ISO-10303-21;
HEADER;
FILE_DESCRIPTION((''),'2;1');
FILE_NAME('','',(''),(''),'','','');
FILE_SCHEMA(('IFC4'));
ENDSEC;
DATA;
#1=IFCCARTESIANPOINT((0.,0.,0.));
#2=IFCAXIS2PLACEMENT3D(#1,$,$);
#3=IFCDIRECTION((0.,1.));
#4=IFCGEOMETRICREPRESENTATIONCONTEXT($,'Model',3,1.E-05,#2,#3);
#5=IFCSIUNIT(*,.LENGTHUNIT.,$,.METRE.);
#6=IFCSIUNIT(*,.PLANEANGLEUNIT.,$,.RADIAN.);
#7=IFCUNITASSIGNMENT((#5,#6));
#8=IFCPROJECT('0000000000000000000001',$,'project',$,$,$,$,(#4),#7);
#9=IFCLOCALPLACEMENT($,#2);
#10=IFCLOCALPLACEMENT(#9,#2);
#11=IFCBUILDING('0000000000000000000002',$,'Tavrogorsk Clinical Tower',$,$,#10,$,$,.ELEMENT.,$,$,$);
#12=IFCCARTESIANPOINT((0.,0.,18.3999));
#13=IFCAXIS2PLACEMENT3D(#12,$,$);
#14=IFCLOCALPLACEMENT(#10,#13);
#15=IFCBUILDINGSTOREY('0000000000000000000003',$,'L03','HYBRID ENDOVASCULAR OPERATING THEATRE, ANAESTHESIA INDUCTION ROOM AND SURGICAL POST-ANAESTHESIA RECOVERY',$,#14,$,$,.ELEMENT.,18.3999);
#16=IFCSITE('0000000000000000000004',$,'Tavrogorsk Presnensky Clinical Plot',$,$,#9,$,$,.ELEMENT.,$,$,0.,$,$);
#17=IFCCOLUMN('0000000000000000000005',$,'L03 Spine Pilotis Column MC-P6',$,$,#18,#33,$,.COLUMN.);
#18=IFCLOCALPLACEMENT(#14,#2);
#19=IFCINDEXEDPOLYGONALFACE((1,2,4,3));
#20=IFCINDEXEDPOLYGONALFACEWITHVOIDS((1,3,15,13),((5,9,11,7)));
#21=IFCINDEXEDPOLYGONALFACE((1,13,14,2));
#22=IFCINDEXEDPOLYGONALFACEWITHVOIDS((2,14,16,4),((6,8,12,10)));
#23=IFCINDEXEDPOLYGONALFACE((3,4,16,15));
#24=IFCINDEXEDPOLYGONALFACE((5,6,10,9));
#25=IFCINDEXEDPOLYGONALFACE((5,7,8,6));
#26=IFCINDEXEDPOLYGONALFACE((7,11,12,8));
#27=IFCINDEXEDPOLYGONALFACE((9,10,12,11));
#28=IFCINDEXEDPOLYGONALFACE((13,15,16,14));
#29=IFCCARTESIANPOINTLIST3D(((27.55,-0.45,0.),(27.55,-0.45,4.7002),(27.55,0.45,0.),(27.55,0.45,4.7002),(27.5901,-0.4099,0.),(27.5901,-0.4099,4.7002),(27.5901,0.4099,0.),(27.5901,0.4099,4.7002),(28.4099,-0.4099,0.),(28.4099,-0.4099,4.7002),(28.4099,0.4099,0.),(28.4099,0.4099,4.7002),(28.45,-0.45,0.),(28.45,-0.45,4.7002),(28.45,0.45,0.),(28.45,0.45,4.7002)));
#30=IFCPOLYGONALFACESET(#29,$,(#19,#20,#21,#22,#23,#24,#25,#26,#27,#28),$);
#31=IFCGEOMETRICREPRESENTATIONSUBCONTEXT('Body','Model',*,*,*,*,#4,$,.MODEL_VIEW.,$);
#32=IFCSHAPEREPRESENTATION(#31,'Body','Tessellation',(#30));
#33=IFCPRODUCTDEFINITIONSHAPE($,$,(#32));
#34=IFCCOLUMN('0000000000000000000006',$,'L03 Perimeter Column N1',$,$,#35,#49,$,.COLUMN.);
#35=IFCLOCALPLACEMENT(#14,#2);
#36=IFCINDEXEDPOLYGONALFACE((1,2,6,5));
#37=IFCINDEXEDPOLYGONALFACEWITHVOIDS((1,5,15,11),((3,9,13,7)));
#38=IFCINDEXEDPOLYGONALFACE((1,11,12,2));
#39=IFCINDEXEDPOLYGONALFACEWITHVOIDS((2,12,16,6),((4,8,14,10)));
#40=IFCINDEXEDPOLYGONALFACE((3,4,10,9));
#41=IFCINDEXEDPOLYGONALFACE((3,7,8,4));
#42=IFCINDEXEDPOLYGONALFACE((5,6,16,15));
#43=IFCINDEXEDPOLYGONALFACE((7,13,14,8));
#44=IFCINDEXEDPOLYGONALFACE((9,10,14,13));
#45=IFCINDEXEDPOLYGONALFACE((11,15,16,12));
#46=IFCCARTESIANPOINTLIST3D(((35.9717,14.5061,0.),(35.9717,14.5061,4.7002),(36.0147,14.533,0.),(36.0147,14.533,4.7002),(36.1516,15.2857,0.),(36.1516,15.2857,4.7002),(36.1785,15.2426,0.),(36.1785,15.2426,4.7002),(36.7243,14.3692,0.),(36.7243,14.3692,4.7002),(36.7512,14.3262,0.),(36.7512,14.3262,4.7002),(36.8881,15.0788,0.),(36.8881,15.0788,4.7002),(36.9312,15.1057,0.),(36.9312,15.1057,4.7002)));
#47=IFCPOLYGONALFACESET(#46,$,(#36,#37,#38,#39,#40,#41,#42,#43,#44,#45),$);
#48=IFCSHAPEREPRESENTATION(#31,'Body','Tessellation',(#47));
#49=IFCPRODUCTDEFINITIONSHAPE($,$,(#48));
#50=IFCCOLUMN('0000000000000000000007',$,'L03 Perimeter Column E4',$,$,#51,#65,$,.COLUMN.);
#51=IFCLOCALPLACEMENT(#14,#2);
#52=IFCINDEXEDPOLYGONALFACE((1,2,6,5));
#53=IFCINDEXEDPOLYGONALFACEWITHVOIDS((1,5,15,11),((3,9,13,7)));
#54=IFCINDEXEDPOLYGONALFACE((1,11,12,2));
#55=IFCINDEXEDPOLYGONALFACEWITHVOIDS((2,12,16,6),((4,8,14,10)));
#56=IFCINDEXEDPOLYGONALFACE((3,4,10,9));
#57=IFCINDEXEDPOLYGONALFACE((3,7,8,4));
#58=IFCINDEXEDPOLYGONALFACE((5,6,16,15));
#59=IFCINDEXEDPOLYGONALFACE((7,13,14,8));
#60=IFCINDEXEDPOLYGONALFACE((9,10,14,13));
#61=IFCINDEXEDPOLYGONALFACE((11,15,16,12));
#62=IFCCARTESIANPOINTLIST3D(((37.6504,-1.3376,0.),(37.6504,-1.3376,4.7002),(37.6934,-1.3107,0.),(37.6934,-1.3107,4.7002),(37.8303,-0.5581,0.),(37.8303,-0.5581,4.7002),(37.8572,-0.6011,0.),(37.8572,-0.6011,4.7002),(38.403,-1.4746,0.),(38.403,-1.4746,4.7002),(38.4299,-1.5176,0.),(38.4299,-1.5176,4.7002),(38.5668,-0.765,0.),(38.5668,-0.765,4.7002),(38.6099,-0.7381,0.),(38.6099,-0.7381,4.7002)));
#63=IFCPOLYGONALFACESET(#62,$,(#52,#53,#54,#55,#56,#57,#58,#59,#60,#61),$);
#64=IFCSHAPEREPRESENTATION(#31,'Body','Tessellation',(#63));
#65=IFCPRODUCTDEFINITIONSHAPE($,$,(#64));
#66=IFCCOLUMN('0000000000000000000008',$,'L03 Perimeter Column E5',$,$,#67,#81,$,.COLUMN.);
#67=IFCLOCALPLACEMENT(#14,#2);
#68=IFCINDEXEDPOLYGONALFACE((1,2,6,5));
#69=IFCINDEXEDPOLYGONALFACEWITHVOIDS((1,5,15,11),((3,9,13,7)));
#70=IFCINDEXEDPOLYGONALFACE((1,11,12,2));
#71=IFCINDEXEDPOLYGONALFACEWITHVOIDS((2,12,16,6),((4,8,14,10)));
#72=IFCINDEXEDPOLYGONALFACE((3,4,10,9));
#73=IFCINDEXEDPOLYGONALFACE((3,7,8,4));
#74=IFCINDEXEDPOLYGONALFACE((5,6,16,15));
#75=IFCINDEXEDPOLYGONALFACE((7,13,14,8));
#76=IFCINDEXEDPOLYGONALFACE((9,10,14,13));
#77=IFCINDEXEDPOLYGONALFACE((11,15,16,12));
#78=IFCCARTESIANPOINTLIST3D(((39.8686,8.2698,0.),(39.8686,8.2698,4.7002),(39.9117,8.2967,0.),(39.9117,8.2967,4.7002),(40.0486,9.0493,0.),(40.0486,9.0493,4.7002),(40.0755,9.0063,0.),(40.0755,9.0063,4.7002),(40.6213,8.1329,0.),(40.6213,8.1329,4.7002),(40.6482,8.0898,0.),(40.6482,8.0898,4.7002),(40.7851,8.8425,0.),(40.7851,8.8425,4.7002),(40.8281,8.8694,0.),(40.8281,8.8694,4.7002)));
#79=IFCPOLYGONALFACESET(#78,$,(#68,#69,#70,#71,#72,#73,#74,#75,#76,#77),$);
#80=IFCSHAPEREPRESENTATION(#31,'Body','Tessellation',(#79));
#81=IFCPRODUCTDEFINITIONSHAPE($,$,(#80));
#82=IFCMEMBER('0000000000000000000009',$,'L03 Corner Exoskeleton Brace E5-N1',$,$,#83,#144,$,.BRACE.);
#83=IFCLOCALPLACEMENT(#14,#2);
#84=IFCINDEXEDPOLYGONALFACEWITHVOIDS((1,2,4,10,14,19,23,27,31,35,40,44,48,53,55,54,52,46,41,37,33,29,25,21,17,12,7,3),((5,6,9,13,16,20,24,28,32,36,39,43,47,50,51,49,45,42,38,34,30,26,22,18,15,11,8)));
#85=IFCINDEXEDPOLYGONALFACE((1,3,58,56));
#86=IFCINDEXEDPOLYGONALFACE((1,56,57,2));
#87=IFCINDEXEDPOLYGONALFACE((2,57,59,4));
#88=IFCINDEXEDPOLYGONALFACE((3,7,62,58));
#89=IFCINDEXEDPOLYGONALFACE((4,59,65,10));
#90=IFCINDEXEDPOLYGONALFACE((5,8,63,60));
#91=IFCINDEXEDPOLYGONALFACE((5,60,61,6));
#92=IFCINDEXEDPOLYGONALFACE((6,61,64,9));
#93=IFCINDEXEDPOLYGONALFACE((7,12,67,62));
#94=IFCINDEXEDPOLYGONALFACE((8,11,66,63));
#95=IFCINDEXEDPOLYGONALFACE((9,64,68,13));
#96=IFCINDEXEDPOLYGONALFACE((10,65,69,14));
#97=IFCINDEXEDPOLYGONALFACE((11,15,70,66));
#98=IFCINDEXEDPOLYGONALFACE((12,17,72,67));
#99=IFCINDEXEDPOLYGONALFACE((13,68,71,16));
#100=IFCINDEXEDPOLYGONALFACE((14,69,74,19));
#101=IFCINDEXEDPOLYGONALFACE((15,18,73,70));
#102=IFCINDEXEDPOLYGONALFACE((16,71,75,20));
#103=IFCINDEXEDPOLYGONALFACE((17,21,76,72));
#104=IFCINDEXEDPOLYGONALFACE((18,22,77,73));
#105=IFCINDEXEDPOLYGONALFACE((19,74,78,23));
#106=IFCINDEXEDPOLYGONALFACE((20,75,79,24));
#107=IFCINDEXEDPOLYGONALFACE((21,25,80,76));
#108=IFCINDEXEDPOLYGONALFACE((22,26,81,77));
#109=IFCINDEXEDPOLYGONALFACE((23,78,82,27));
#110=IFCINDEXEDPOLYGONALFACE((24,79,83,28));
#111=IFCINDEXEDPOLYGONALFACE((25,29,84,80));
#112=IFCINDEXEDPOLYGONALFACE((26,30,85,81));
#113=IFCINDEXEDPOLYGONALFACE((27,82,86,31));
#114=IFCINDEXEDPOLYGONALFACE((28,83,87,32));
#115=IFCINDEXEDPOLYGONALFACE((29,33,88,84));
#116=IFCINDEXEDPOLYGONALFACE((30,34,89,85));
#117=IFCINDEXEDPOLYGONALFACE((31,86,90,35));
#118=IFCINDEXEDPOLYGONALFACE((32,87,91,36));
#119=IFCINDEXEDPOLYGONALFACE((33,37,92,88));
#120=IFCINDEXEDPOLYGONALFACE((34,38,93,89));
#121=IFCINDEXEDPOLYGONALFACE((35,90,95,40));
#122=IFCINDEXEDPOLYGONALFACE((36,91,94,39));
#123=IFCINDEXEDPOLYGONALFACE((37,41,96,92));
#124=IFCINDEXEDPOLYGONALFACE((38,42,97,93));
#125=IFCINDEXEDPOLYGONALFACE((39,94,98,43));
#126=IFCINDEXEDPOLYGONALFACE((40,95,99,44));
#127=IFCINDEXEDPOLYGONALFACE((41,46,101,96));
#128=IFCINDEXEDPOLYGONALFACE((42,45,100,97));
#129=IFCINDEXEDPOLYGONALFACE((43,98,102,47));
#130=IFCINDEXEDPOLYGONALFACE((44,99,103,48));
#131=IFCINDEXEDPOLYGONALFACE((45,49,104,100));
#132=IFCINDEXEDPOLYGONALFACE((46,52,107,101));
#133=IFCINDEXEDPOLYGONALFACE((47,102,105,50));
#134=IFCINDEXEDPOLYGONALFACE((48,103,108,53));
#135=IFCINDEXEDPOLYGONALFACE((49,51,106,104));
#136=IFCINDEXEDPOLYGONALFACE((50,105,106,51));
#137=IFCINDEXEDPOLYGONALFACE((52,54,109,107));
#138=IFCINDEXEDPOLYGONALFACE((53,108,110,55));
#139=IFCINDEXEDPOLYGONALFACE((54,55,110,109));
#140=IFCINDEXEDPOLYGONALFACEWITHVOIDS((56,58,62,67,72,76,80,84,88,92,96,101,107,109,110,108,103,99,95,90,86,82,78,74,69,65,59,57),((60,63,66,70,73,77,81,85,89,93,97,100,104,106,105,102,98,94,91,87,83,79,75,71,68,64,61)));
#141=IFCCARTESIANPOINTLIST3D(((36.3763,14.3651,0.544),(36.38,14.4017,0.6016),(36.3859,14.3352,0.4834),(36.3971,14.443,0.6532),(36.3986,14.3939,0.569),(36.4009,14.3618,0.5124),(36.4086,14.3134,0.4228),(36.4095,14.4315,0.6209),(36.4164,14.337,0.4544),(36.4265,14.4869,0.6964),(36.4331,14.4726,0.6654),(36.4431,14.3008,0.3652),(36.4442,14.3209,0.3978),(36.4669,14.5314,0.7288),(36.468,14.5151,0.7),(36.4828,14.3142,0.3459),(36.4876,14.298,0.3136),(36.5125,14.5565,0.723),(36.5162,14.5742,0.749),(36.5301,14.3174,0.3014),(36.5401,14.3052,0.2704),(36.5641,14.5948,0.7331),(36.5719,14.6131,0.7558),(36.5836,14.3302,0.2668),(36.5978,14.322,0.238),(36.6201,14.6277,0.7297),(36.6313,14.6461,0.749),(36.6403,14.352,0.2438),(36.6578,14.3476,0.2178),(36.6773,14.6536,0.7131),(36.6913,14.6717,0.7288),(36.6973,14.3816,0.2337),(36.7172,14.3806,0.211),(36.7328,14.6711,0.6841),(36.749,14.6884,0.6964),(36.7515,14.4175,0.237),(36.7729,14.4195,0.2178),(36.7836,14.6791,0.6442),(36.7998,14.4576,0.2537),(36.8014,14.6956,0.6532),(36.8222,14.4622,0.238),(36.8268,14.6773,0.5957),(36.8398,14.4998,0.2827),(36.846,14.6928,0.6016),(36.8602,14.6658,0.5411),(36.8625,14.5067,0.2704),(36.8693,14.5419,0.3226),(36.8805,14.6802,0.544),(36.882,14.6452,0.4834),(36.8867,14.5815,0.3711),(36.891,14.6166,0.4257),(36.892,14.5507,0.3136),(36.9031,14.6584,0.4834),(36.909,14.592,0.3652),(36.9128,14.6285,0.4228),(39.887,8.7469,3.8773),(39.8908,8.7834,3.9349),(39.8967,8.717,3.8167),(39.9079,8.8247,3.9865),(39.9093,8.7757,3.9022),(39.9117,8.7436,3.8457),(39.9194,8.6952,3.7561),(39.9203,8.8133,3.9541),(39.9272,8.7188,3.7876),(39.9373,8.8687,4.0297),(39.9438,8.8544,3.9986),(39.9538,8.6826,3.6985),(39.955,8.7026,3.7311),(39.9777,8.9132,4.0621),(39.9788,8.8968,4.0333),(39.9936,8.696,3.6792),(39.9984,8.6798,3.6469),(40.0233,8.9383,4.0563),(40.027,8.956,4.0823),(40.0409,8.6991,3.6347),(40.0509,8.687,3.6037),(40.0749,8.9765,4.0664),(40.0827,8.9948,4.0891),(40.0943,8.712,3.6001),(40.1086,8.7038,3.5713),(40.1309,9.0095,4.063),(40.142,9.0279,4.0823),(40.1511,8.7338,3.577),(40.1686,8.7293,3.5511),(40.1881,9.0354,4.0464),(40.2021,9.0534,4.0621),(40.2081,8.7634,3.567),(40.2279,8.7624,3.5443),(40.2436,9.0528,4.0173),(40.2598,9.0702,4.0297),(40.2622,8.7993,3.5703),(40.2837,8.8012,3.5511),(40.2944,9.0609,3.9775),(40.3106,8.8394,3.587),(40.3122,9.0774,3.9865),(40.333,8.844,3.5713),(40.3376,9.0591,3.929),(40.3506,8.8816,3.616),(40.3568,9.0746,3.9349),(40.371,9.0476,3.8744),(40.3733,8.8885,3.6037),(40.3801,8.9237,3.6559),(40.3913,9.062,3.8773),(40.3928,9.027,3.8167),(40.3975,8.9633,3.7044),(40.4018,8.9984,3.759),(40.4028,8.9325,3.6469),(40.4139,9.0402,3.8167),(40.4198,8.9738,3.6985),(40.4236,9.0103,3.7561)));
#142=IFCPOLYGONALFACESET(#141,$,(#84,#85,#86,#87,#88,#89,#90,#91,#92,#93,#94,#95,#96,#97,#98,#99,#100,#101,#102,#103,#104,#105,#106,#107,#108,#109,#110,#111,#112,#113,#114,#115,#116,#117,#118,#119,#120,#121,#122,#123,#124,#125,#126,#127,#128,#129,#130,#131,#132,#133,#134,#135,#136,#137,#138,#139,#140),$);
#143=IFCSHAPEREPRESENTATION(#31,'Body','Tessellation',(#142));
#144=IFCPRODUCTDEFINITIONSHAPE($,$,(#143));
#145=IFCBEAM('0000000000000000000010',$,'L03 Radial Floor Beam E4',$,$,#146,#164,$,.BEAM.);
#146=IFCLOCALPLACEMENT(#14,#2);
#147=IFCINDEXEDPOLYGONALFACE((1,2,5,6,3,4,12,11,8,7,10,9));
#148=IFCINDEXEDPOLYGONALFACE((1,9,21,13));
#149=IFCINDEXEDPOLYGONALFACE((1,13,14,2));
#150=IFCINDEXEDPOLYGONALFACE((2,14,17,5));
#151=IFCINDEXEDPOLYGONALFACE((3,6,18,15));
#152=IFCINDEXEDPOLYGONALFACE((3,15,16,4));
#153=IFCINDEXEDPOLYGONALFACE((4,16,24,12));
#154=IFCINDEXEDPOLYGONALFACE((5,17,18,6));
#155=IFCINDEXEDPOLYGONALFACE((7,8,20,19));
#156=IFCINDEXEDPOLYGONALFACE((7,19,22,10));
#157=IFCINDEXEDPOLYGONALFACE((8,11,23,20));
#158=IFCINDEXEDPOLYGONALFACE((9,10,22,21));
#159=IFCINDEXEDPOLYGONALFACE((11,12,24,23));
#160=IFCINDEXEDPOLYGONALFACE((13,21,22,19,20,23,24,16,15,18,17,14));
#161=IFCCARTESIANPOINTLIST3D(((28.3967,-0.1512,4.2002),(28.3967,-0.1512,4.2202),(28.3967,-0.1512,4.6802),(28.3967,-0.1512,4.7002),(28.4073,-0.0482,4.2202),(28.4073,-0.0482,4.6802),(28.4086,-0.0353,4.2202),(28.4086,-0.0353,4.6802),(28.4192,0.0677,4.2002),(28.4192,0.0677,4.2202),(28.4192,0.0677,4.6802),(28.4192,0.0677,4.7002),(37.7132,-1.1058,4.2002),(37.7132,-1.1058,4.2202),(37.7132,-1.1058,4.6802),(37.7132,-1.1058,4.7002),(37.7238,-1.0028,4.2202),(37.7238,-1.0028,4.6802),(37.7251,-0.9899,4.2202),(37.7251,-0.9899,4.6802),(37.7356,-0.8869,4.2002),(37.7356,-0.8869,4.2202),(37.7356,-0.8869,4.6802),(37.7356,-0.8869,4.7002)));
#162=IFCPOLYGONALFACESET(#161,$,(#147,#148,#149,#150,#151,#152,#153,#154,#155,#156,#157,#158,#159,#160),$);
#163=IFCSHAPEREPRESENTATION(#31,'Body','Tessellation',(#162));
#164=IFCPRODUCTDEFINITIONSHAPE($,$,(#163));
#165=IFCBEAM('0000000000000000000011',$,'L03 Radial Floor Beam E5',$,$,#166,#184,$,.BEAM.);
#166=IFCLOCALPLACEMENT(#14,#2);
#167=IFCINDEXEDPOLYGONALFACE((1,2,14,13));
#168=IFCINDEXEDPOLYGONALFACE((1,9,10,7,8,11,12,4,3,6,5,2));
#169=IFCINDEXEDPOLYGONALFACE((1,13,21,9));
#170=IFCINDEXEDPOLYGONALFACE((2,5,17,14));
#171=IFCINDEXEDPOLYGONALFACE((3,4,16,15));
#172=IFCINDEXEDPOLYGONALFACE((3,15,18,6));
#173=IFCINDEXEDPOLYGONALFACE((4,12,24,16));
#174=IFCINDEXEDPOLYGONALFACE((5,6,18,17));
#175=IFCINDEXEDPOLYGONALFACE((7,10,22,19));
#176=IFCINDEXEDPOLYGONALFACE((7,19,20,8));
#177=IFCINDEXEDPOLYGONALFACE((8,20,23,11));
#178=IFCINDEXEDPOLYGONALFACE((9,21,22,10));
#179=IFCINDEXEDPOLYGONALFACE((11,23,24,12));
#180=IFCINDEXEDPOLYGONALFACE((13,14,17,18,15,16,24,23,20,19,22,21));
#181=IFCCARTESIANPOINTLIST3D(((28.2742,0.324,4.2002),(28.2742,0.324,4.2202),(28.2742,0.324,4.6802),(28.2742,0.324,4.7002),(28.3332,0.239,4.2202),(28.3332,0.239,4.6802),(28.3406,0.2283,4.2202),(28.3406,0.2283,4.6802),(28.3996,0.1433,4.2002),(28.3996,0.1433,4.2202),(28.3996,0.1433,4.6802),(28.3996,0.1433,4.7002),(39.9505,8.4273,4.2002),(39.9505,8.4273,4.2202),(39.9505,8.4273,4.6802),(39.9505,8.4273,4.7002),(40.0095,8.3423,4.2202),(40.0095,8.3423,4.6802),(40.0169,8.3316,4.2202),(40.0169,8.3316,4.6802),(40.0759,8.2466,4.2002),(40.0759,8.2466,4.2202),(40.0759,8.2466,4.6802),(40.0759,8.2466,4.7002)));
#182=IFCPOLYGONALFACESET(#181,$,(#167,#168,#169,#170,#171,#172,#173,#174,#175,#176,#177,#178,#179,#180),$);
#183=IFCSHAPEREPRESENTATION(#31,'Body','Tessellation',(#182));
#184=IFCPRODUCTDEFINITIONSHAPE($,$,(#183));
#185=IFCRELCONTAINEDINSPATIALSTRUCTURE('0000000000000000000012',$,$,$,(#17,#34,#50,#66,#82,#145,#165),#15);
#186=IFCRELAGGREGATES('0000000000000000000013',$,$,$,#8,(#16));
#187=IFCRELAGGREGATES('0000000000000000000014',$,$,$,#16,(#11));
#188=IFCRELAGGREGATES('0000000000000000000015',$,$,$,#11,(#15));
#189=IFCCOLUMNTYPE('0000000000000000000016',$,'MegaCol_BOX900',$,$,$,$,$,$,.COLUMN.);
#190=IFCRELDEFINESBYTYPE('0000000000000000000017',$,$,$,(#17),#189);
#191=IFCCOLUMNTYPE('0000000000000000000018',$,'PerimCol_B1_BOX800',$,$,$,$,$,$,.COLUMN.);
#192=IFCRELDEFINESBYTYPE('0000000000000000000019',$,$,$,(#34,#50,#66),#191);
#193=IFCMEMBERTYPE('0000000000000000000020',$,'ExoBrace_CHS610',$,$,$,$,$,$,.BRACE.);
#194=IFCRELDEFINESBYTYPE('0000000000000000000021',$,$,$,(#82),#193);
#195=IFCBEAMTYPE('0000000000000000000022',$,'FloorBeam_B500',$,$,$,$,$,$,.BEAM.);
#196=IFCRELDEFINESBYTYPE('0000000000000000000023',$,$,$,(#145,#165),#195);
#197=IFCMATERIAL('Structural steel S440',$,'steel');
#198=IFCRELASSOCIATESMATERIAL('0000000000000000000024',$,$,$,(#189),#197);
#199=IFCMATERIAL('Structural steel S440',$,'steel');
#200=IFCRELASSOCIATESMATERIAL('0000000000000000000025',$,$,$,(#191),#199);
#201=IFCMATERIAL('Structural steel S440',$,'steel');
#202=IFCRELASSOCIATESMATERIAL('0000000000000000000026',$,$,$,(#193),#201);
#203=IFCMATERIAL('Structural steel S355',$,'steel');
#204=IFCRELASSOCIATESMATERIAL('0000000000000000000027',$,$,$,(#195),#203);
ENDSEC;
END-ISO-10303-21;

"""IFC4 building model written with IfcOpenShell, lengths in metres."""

from ifc_helpers import new_model, si_unit, direction, frame, origin, origin_2d, place, context, subcontext, project, spatial, hollow_rectangle, hollow_circle, i_section, extrude, material, material_profile, profile_set, type_object, element, save


model = new_model("IFC4")

# Units and contexts
model_context = context("Model", 3, precision=1e-05, world=origin(), true_north=direction((0.0, 1.0)))
body_context = subcontext(model_context, "Body", "Model", "MODEL_VIEW")
ifc_project = project(units=[si_unit("LENGTHUNIT", "METRE"), si_unit("PLANEANGLEUNIT", "RADIAN")], contexts=[model_context])

# Site, building, storey
site_placement = place(None, origin())
site = spatial("IfcSite", under=ifc_project, at=site_placement, Name="Tavrogorsk Presnensky Clinical Plot", CompositionType="ELEMENT", RefElevation=0.0)
building_placement = place(site_placement, origin())
building = spatial("IfcBuilding", under=site, at=building_placement, Name="Tavrogorsk Clinical Tower", CompositionType="ELEMENT")
storey_placement = place(building_placement, frame((0.0, 0.0, 18.3999)))
storey = spatial("IfcBuildingStorey", under=building, at=storey_placement, Name="L03", Description="HYBRID ENDOVASCULAR OPERATING THEATRE, ANAESTHESIA INDUCTION ROOM AND SURGICAL POST-ANAESTHESIA RECOVERY", CompositionType="ELEMENT", Elevation=18.3999)

# Columns
ifc_material_1 = material(Name="Structural steel S440", Category="steel")
ifc_material_profile_1 = material_profile(ifc_material_1, hollow_rectangle(XDim=0.8999, YDim=0.8999, WallThickness=0.04, at=origin_2d()), Name="BOX-900x900x40")
ifc_profile_set_1 = profile_set([ifc_material_profile_1], Name="Structural steel S440")
column_type_1 = type_object("IfcColumnType", Name="MegaCol_BOX900", PredefinedType="COLUMN", material=ifc_profile_set_1)
column_placement = place(storey_placement, frame((28.0, 0.0, 0.0), z_axis=(0.0, 0.0, 1.0), x_axis=(1.0, 0.0, 0.0)))
element("IfcColumn", 1, at=column_placement, inside=storey, type_object=column_type_1, Name="L03 Spine Pilotis Column MC-P6", PredefinedType="COLUMN", context=body_context, shape_type="SweptSolid", body=[
    extrude(hollow_rectangle(XDim=0.8999, YDim=0.8999, WallThickness=0.04, at=origin_2d()), origin(), (0.0, 0.0, 1.0), 4.7002),
])
ifc_material_2 = material(Name="Structural steel S440", Category="steel")
ifc_material_profile_2 = material_profile(ifc_material_2, hollow_rectangle(XDim=0.8, YDim=0.8, WallThickness=0.0359, at=origin_2d()), Name="BOX-800x800x36")
ifc_profile_set_2 = profile_set([ifc_material_profile_2], Name="Structural steel S440")
column_type_2 = type_object("IfcColumnType", Name="PerimCol_B1_BOX800", PredefinedType="COLUMN", material=ifc_profile_set_2)
for number, where, z_axis, x_axis, name in (
    (2, (36.4514, 14.8059, 0.0), (0.0, 0.0, 1.0), (0.97437, -0.224951, 0.0), "L03 Perimeter Column N1"),
    (3, (38.1301, -1.0378, 0.0), (0.0, 0.0, 1.0), (0.97437, -0.224951, 0.0), "L03 Perimeter Column E4"),
    (4, (40.3484, 8.5696, 0.0), (0.0, 0.0, 1.0), (0.97437, -0.224951, 0.0), "L03 Perimeter Column E5"),
):
    element("IfcColumn", number, at=place(storey_placement, frame(where, z_axis=z_axis, x_axis=x_axis)), inside=storey, type_object=column_type_2, Name=name, PredefinedType="COLUMN", context=body_context, shape_type="SweptSolid", body=[
        extrude(hollow_rectangle(XDim=0.8, YDim=0.8, WallThickness=0.0359, at=origin_2d()), origin(), (0.0, 0.0, 1.0), 4.7002),
    ])

# Member
ifc_material_3 = material(Name="Structural steel S440", Category="steel")
ifc_material_profile_3 = material_profile(ifc_material_3, hollow_circle(Radius=0.3049, WallThickness=0.0249, at=origin_2d()), Name="CHS-610x25")
ifc_profile_set_3 = profile_set([ifc_material_profile_3], Name="Structural steel S440")
member_type_1 = type_object("IfcMemberType", Name="ExoBrace_CHS610", PredefinedType="BRACE", material=ifc_profile_set_3)
member_placement = place(storey_placement, frame((36.6445, 14.4968, 0.4834), z_axis=(0.47339, -0.757556, 0.449457), x_axis=(0.84804, 0.529933, 0.0)))
element("IfcMember", 5, at=member_placement, inside=storey, type_object=member_type_1, Name="L03 Corner Exoskeleton Brace E5-N1", PredefinedType="BRACE", context=body_context, shape_type="SweptSolid", body=[
    extrude(hollow_circle(Radius=0.3049, WallThickness=0.0249, at=origin_2d()), origin(), (0.0, 0.0, 1.0), 7.4163),
])

# Beams
ifc_material_4 = material(Name="Structural steel S355", Category="steel")
ifc_material_profile_4 = material_profile(ifc_material_4, i_section(OverallWidth=0.22, OverallDepth=0.5, WebThickness=0.0129, FlangeThickness=0.02, at=origin_2d()), Name="B-500x220x13x20")
ifc_profile_set_4 = profile_set([ifc_material_profile_4], Name="Structural steel S355")
beam_type_1 = type_object("IfcBeamType", Name="FloorBeam_B500", PredefinedType="BEAM", material=ifc_profile_set_4)
beam_1_placement = place(storey_placement, frame((28.408, -0.0417, 4.4502), z_axis=(0.994792, -0.10193, 0.0), x_axis=(0.10193, 0.994792, 0.0)))
element("IfcBeam", 6, at=beam_1_placement, inside=storey, type_object=beam_type_1, Name="L03 Radial Floor Beam E4", PredefinedType="BEAM", context=body_context, shape_type="SweptSolid", body=[
    extrude(i_section(OverallWidth=0.22, OverallDepth=0.5, WebThickness=0.0129, FlangeThickness=0.02, at=origin_2d()), origin(), (0.0, 0.0, 1.0), 9.3652),
])
beam_2_placement = place(storey_placement, frame((28.3369, 0.2336, 4.4502), z_axis=(0.821543, 0.570147, 0.0), x_axis=(-0.570147, 0.821543, 0.0)))
element("IfcBeam", 7, at=beam_2_placement, inside=storey, type_object=beam_type_1, Name="L03 Radial Floor Beam E5", PredefinedType="BEAM", context=body_context, shape_type="SweptSolid", body=[
    extrude(i_section(OverallWidth=0.22, OverallDepth=0.5, WebThickness=0.0129, FlangeThickness=0.02, at=origin_2d()), origin(), (0.0, 0.0, 1.0), 14.2126),
])

save(model, "model.ifc")
